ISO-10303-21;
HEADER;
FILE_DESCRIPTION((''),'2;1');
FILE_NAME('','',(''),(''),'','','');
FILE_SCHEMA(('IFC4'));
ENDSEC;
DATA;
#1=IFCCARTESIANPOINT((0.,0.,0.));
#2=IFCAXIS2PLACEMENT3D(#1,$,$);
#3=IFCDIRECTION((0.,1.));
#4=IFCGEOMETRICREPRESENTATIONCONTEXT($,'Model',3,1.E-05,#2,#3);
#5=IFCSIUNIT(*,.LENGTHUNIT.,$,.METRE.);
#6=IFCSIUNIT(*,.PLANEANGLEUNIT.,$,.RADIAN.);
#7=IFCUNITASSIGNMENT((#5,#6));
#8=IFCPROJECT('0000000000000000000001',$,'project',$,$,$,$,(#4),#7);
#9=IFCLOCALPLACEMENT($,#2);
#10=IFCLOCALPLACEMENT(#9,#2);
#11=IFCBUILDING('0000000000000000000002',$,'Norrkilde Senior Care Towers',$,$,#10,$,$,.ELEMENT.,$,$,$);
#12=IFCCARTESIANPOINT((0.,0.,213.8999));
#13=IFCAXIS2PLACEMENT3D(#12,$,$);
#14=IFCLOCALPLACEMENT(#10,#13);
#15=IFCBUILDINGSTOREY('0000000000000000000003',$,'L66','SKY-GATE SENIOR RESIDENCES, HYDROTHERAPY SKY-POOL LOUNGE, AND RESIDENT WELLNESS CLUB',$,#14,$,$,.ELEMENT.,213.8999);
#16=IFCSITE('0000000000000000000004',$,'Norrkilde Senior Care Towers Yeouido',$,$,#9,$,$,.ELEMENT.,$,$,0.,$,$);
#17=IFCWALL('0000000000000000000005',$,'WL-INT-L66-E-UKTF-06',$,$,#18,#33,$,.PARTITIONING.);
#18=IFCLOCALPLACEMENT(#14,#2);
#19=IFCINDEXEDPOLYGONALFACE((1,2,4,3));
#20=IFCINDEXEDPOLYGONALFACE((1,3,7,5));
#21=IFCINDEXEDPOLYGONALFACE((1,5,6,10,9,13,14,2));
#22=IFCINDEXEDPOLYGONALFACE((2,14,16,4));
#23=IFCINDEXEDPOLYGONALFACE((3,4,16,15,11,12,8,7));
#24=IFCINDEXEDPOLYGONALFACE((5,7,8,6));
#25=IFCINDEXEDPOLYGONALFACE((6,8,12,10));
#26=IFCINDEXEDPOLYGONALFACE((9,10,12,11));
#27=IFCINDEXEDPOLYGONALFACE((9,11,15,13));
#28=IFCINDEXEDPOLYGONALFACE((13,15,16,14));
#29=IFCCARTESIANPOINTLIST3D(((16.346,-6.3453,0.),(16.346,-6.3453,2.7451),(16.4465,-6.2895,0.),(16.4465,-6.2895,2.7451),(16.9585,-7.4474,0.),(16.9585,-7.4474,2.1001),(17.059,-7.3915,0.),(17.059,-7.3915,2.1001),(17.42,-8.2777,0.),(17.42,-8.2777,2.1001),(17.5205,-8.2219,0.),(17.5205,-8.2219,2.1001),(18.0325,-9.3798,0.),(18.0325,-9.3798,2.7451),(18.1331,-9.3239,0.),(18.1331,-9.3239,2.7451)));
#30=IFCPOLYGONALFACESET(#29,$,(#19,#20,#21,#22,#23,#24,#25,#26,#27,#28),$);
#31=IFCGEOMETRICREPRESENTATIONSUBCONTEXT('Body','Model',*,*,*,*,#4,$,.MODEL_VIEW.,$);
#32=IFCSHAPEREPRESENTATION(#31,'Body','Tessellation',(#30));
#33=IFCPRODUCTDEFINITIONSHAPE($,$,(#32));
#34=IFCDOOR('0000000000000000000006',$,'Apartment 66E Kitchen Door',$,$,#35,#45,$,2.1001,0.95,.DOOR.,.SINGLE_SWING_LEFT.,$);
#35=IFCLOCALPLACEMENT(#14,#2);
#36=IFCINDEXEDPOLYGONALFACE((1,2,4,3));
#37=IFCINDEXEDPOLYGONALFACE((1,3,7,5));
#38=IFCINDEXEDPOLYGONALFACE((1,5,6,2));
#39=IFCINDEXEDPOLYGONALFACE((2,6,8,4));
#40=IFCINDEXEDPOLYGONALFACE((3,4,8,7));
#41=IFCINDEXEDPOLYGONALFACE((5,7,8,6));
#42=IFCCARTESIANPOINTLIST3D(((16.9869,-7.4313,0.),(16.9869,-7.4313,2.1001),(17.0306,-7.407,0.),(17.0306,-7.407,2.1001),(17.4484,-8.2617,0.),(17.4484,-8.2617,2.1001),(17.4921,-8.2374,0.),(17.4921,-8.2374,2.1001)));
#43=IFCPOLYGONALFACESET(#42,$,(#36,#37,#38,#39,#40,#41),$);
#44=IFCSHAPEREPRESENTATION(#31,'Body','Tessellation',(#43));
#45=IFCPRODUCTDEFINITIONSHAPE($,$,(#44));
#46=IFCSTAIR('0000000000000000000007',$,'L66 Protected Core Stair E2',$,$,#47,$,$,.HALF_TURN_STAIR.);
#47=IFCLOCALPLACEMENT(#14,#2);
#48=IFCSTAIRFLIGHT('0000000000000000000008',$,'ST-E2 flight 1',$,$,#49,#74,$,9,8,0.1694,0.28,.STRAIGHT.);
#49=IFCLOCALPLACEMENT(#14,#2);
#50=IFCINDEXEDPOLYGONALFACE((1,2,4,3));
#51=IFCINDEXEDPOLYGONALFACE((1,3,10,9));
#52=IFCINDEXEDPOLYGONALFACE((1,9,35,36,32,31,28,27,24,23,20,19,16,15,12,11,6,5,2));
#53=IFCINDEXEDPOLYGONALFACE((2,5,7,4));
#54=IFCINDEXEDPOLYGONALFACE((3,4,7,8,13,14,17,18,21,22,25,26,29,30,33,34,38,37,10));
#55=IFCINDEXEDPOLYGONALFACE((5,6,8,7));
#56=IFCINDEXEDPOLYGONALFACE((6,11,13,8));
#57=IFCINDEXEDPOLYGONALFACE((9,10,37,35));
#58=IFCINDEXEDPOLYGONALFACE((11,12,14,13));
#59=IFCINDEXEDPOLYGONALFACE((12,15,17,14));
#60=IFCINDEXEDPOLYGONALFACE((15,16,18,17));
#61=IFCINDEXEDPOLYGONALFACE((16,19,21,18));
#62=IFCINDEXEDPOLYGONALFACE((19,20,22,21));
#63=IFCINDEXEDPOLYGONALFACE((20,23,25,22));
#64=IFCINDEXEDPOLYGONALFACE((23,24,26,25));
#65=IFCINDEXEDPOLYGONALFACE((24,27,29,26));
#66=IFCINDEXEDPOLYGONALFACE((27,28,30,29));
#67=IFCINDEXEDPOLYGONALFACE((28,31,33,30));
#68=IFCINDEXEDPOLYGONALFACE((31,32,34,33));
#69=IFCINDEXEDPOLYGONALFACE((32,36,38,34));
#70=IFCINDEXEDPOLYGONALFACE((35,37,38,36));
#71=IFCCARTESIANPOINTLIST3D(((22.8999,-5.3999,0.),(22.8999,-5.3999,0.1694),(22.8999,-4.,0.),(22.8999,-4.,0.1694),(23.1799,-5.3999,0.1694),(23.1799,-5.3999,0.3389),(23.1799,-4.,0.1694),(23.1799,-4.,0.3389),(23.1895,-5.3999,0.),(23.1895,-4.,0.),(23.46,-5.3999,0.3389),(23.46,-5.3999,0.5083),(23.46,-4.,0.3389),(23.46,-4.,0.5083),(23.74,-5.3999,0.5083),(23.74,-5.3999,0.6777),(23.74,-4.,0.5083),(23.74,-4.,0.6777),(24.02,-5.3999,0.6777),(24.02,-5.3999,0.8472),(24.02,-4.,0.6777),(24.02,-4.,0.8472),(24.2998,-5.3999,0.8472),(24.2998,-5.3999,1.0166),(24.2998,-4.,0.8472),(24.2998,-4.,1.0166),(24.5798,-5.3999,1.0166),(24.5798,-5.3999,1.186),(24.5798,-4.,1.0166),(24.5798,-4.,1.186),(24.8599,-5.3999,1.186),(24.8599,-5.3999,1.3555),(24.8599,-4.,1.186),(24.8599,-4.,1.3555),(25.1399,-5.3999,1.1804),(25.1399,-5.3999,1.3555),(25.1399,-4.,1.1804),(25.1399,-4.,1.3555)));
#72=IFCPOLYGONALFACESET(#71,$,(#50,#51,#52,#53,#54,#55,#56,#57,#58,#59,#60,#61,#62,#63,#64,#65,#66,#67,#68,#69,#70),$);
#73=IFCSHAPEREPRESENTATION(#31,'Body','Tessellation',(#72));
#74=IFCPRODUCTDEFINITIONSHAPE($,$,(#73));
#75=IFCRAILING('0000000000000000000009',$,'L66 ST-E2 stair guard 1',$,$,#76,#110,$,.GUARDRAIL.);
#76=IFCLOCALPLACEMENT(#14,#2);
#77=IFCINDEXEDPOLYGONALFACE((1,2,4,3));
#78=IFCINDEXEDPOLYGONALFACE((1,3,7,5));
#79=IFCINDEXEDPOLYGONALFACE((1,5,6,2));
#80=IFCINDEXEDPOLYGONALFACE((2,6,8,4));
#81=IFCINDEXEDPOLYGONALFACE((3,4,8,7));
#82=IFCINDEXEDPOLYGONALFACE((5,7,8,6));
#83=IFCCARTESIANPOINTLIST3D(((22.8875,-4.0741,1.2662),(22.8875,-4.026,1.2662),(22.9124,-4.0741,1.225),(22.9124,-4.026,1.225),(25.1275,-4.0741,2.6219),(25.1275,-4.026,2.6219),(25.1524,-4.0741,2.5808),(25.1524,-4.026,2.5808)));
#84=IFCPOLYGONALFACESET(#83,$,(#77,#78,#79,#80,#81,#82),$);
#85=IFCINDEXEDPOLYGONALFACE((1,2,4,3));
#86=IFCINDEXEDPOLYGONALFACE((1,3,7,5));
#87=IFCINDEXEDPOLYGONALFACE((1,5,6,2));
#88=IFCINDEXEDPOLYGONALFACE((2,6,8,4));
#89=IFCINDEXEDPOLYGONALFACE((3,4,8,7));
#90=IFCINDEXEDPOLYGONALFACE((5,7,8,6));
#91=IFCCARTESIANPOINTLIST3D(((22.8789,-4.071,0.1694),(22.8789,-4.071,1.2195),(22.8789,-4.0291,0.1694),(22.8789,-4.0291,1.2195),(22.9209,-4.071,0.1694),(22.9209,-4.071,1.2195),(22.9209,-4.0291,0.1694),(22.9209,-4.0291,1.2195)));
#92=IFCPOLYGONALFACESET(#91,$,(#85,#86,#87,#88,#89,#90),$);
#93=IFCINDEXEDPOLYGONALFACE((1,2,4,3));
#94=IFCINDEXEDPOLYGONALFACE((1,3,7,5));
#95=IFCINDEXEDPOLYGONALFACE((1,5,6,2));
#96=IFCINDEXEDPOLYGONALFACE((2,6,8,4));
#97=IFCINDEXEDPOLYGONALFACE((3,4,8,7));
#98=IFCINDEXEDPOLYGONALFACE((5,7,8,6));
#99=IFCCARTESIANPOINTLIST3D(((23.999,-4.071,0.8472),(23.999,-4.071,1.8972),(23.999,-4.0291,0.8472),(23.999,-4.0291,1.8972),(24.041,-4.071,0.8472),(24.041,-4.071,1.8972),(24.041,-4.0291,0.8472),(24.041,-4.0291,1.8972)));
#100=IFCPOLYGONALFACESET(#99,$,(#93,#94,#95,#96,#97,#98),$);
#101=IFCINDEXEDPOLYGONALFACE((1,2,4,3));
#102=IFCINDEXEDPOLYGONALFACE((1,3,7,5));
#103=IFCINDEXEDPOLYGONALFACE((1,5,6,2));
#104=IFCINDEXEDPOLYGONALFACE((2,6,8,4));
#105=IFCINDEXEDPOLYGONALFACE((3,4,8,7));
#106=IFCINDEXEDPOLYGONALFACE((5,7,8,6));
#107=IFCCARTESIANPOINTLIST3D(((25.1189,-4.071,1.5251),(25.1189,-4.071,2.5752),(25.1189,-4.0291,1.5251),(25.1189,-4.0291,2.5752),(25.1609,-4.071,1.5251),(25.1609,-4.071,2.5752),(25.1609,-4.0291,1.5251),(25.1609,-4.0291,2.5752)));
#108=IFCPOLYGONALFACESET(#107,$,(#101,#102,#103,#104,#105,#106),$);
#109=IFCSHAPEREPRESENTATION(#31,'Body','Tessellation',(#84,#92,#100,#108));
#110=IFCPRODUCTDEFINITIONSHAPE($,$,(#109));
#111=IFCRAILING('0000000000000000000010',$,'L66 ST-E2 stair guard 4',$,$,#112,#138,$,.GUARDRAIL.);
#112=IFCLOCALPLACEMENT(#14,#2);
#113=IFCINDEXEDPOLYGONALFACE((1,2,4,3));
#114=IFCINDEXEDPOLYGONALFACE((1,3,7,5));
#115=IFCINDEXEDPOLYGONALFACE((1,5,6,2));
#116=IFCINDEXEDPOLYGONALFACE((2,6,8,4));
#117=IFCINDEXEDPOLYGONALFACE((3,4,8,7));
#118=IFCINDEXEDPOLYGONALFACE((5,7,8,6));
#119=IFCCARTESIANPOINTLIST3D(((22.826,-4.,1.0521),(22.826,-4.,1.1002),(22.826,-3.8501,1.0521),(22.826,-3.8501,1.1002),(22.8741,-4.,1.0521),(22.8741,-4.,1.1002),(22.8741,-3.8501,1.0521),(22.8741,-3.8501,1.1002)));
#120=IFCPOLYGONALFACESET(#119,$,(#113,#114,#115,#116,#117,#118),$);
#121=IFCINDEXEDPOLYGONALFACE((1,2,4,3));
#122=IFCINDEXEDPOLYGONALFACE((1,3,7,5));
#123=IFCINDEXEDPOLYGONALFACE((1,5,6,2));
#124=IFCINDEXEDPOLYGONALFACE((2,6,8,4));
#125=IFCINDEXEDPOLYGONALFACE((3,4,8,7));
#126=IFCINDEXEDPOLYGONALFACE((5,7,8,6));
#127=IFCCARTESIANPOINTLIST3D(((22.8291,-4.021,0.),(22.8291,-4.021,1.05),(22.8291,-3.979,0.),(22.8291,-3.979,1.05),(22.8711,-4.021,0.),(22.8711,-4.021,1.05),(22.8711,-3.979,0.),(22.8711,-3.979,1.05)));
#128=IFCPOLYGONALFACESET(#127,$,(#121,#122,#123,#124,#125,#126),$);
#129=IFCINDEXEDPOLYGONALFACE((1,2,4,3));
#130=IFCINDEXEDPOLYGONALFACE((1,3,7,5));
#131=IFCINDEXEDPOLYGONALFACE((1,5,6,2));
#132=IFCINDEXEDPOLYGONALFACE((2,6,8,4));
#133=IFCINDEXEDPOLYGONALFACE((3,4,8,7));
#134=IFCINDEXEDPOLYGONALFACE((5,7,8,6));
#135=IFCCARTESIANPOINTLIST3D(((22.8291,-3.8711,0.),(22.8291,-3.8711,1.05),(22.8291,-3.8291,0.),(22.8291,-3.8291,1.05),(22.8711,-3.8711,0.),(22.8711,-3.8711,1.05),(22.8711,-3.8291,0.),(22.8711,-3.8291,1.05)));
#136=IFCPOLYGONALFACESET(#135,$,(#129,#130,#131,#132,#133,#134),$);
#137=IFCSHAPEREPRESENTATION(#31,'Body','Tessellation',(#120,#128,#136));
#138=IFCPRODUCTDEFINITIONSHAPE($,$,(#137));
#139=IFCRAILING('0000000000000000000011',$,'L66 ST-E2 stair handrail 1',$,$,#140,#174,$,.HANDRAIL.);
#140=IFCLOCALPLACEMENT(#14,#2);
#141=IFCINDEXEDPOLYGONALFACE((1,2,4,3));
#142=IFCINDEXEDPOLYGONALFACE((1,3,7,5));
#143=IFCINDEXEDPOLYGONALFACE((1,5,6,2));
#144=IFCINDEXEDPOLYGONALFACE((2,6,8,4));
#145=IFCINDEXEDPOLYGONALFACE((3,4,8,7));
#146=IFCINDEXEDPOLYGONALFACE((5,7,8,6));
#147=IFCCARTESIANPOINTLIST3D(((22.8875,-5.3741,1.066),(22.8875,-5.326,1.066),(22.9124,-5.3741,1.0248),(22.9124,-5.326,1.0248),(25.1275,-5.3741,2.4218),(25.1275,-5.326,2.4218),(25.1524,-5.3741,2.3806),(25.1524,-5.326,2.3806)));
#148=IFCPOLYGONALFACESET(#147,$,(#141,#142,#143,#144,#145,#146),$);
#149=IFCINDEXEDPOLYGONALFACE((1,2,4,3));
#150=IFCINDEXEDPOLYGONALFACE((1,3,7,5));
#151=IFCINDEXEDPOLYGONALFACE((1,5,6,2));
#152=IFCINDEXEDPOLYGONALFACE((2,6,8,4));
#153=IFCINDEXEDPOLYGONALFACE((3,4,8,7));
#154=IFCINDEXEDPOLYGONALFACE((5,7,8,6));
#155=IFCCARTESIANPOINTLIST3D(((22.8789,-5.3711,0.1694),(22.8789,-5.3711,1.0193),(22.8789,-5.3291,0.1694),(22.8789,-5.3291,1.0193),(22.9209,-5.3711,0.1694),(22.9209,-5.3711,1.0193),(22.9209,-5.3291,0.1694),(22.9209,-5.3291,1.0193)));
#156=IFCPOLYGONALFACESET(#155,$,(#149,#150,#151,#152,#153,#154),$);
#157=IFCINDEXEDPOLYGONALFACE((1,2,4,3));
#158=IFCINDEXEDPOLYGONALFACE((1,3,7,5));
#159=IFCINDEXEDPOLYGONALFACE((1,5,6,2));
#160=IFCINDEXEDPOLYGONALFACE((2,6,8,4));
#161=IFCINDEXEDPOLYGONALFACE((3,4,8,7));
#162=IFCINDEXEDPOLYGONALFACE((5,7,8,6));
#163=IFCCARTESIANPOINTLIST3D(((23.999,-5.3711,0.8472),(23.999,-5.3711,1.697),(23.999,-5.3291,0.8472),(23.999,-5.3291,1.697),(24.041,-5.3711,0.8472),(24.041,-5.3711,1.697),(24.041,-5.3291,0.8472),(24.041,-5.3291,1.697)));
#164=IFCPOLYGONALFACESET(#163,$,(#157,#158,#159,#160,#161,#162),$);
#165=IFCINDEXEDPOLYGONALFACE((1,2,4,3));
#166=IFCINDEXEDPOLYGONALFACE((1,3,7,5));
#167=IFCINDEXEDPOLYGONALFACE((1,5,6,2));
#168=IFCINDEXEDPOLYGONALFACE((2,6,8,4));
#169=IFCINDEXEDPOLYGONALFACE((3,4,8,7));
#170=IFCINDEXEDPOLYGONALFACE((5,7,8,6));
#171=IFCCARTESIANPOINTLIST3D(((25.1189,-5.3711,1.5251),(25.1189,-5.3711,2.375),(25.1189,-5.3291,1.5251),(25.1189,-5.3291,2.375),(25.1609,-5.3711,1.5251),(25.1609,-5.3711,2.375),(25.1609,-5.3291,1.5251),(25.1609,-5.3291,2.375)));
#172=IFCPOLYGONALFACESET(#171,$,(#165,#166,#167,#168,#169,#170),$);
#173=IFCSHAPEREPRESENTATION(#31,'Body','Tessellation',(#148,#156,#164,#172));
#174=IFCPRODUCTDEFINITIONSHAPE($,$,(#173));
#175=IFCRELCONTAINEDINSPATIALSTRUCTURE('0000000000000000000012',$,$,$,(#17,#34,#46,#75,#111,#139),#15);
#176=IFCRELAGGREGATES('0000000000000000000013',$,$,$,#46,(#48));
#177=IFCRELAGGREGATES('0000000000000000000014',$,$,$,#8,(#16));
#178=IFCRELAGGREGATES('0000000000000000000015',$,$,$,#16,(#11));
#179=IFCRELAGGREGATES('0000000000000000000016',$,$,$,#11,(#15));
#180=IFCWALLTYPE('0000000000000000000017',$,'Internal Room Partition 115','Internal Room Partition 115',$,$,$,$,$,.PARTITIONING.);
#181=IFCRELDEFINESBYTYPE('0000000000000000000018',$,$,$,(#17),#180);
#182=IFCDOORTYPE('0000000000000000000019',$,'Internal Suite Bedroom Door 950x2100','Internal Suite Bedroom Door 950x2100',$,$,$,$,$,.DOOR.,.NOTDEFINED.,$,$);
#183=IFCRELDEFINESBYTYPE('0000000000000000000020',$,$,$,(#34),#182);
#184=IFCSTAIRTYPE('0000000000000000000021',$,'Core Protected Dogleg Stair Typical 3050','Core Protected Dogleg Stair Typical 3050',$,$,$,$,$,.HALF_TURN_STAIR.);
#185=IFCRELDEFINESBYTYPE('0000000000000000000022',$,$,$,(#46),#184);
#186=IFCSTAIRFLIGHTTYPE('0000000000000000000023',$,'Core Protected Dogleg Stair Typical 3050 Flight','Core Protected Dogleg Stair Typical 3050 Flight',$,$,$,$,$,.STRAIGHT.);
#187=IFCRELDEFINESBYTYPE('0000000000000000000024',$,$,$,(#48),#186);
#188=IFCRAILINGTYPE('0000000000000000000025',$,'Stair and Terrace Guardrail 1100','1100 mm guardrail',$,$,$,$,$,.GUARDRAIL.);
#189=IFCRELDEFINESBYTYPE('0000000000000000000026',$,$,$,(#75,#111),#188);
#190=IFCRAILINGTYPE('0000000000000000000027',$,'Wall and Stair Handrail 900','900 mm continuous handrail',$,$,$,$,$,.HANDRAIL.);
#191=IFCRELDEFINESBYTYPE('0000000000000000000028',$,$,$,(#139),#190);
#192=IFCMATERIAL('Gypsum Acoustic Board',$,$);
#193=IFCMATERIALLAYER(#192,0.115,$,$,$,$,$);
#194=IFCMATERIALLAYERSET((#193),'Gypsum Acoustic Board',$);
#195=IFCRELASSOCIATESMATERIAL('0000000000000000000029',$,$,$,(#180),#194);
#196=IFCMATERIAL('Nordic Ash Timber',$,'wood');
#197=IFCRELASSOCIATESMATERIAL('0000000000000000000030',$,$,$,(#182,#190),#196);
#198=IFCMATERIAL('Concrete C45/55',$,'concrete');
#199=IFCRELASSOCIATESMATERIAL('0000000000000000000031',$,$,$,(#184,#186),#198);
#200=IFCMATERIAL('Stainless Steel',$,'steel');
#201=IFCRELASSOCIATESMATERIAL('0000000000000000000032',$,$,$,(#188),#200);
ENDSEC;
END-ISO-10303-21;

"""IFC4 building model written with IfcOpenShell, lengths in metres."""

from ifc_helpers import new_model, si_unit, direction, frame, frame_2d, origin, origin_2d, place, context, subcontext, project, spatial, polyline, rectangle, outline, extrude, source, transform, mapped, material, layer, layer_set, type_object, type_shapes, element, fill, aggregate, save


model = new_model("IFC4")

# Units and contexts
model_context = context("Model", 3, precision=1e-05, world=origin(), true_north=direction((0.0, 1.0)))
body_context = subcontext(model_context, "Body", "Model", "MODEL_VIEW")
ifc_project = project(units=[si_unit("LENGTHUNIT", "METRE"), si_unit("PLANEANGLEUNIT", "RADIAN")], contexts=[model_context])

# Site, building, storey
site_placement = place(None, origin())
site = spatial("IfcSite", under=ifc_project, at=site_placement, Name="Norrkilde Senior Care Towers Yeouido", CompositionType="ELEMENT", RefElevation=0.0)
building_placement = place(site_placement, origin())
building = spatial("IfcBuilding", under=site, at=building_placement, Name="Norrkilde Senior Care Towers", CompositionType="ELEMENT")
storey_placement = place(building_placement, frame((0.0, 0.0, 213.8999)))
storey = spatial("IfcBuildingStorey", under=building, at=storey_placement, Name="L66", Description="SKY-GATE SENIOR RESIDENCES, HYDROTHERAPY SKY-POOL LOUNGE, AND RESIDENT WELLNESS CLUB", CompositionType="ELEMENT", Elevation=213.8999)

# Shared definitions
ifc_material_1 = material(Name="Concrete C45/55", Category="concrete")

# Shared definitions
ifc_material_2 = material(Name="Gypsum Acoustic Board")

# Shared definitions
ifc_material_3 = material(Name="Nordic Ash Timber", Category="wood")

# Shared definitions
ifc_layer_1 = layer(ifc_material_2, 0.115)
ifc_layer_set_1 = layer_set([ifc_layer_1], Name="Gypsum Acoustic Board")
wall_type_1 = type_object("IfcWallType", Name="Internal Room Partition 115", Description="Internal Room Partition 115", PredefinedType="PARTITIONING", material=ifc_layer_set_1)
door_type_1 = type_object("IfcDoorType", Name="Internal Suite Bedroom Door 950x2100", Description="Internal Suite Bedroom Door 950x2100", OperationType="NOTDEFINED", PredefinedType="DOOR", material=ifc_material_3)
shared_shape_1 = source(origin(), body_context, "Body", "SweptSolid", [
    extrude(rectangle(XDim=0.95, YDim=2.1001, at=frame_2d((0.4751, 1.05))), frame((0.0, 0.0249, 0.0), z_axis=(0.0, -1.0, 0.0), x_axis=(1.0, 0.0, 0.0)), (0.0, 0.0, 1.0), 0.05),
])
type_shapes(door_type_1, [shared_shape_1])

# Wall, opening, door
shared_shape_2 = source(origin(), body_context, "Body", "SweptSolid", [
    extrude(rectangle(XDim=3.4717, YDim=0.115, at=frame_2d((1.7358, 0.0))), origin(), (0.0, 0.0, 1.0), 2.7451),
])
wall_1_placement = place(storey_placement, frame((16.3962, -6.3174, 0.0), z_axis=(0.0, 0.0, 1.0), x_axis=(0.485804, -0.874068, 0.0)))
wall_1 = element("IfcWall", 1, at=wall_1_placement, inside=storey, type_object=wall_type_1, Name="WL-INT-L66-E-UKTF-06", PredefinedType="PARTITIONING", context=body_context, shape_type="MappedRepresentation", body=[
    mapped(shared_shape_2, transform((0.0, 0.0, 0.0), x_axis=(1.0, 0.0, 0.0), y_axis=(0.0, 1.0, 0.0), z_axis=(0.0, 0.0, 1.0), scale=1.0)),
])
opening_1_placement = place(wall_1_placement, frame((1.2607, 0.0, 0.0)))
opening_1 = element("IfcOpeningElement", 2, at=opening_1_placement, cuts=wall_1, PredefinedType="OPENING", context=body_context, shape_type="SweptSolid", body=[
    extrude(rectangle(XDim=0.95, YDim=2.1001, at=frame_2d((0.4751, 1.05))), frame((0.0, 0.0674, 0.0), z_axis=(0.0, -1.0, 0.0), x_axis=(1.0, 0.0, 0.0)), (0.0, 0.0, 1.0), 0.135),
])
door_1_placement = place(opening_1_placement, frame((0.95, 0.0, 0.0), z_axis=(0.0, 0.0, 1.0), x_axis=(-1.0, 0.0, 0.0)))
door_1 = element("IfcDoor", 3, at=door_1_placement, inside=storey, type_object=door_type_1, Name="Apartment 66E Kitchen Door", OperationType="SINGLE_SWING_LEFT", OverallHeight=2.1001, OverallWidth=0.95, PredefinedType="DOOR", context=body_context, shape_type="MappedRepresentation", body=[
    mapped(shared_shape_1, transform((0.0, 0.0, 0.0), x_axis=(1.0, 0.0, 0.0), y_axis=(0.0, 1.0, 0.0), z_axis=(0.0, 0.0, 1.0), scale=1.0)),
])
fill(opening_1, door_1)

# Stair, stair flight
stair_type = type_object("IfcStairType", Name="Core Protected Dogleg Stair Typical 3050", Description="Core Protected Dogleg Stair Typical 3050", PredefinedType="HALF_TURN_STAIR", material=ifc_material_1)
stair_placement = place(storey_placement, origin())
stair = element("IfcStair", 4, at=stair_placement, inside=storey, type_object=stair_type, Name="L66 Protected Core Stair E2", PredefinedType="HALF_TURN_STAIR")
stair_flight_type = type_object("IfcStairFlightType", Name="Core Protected Dogleg Stair Typical 3050 Flight", Description="Core Protected Dogleg Stair Typical 3050 Flight", PredefinedType="STRAIGHT", material=ifc_material_1)
stair_flight_placement = place(storey_placement, frame((22.8999, -4.7, 0.0), z_axis=(0.0, 0.0, 1.0), x_axis=(1.0, 0.0, 0.0)))
stair_flight = element("IfcStairFlight", 5, at=stair_flight_placement, type_object=stair_flight_type, Name="ST-E2 flight 1", NumberOfRisers=9, NumberOfTreads=8, PredefinedType="STRAIGHT", RiserHeight=0.1694, TreadLength=0.28, context=body_context, shape_type="SweptSolid", body=[
    extrude(outline(polyline([(0.0, 0.0), (0.0, 0.1694), (0.28, 0.1694), (0.28, 0.3389), (0.5601, 0.3389), (0.5601, 0.5083), (0.8401, 0.5083), (0.8401, 0.6777), (1.1201, 0.6777), (1.1201, 0.8472), (1.3999, 0.8472), (1.3999, 1.0166), (1.6799, 1.0166), (1.6799, 1.186), (1.96, 1.186), (1.96, 1.3555), (2.24, 1.3555), (2.24, 1.5249), (2.24, 1.1804), (0.2896, 0.0), (0.0, 0.0)])), frame((0.0, 0.7, 0.0), z_axis=(0.0, -1.0, 0.0), x_axis=(1.0, 0.0, 0.0)), (0.0, 0.0, 1.0), 1.3999),
])
aggregate(stair, [stair_flight])

# Railings
ifc_material_4 = material(Name="Stainless Steel", Category="steel")
railing_type_1 = type_object("IfcRailingType", Name="Stair and Terrace Guardrail 1100", Description="1100 mm guardrail", PredefinedType="GUARDRAIL", material=ifc_material_4)
railing_1_placement = place(storey_placement, frame((22.8999, -4.05, 0.1694)))
element("IfcRailing", 6, at=railing_1_placement, inside=storey, type_object=railing_type_1, Name="L66 ST-E2 stair guard 1", PredefinedType="GUARDRAIL", context=body_context, shape_type="SweptSolid", body=[
    extrude(rectangle(XDim=0.0481, YDim=0.0481, at=origin_2d()), frame((0.0, 0.0, 1.0762), z_axis=(0.855512, 0.0, 0.517783), x_axis=(0.0, 1.0, 0.0)), (0.0, 0.0, 1.0), 2.6184),
    extrude(rectangle(XDim=0.042, YDim=0.042, at=origin_2d()), origin(), (0.0, 0.0, 1.0), 1.05),
    extrude(rectangle(XDim=0.042, YDim=0.042, at=origin_2d()), frame((1.1201, 0.0, 0.6777)), (0.0, 0.0, 1.0), 1.05),
    extrude(rectangle(XDim=0.042, YDim=0.042, at=origin_2d()), frame((2.24, 0.0, 1.3557)), (0.0, 0.0, 1.0), 1.05),
])
railing_2_placement = place(storey_placement, frame((22.8501, -4.0, 0.0)))
element("IfcRailing", 7, at=railing_2_placement, inside=storey, type_object=railing_type_1, Name="L66 ST-E2 stair guard 4", PredefinedType="GUARDRAIL", context=body_context, shape_type="SweptSolid", body=[
    extrude(rectangle(XDim=0.0481, YDim=0.0481, at=origin_2d()), frame((0.0, 0.0, 1.0762), z_axis=(0.0, 1.0, 0.0), x_axis=(-1.0, 0.0, 0.0)), (0.0, 0.0, 1.0), 0.1499),
    extrude(rectangle(XDim=0.042, YDim=0.042, at=origin_2d()), origin(), (0.0, 0.0, 1.0), 1.05),
    extrude(rectangle(XDim=0.042, YDim=0.042, at=origin_2d()), frame((0.0, 0.1499, 0.0)), (0.0, 0.0, 1.0), 1.05),
])
railing_type_2 = type_object("IfcRailingType", Name="Wall and Stair Handrail 900", Description="900 mm continuous handrail", PredefinedType="HANDRAIL", material=ifc_material_3)
railing_3_placement = place(storey_placement, frame((22.8999, -5.3501, 0.1694)))
element("IfcRailing", 8, at=railing_3_placement, inside=storey, type_object=railing_type_2, Name="L66 ST-E2 stair handrail 1", PredefinedType="HANDRAIL", context=body_context, shape_type="SweptSolid", body=[
    extrude(rectangle(XDim=0.0481, YDim=0.0481, at=origin_2d()), frame((0.0, 0.0, 0.876), z_axis=(0.855512, 0.0, 0.517783), x_axis=(0.0, 1.0, 0.0)), (0.0, 0.0, 1.0), 2.6184),
    extrude(rectangle(XDim=0.042, YDim=0.042, at=origin_2d()), origin(), (0.0, 0.0, 1.0), 0.8499),
    extrude(rectangle(XDim=0.042, YDim=0.042, at=origin_2d()), frame((1.1201, 0.0, 0.6777)), (0.0, 0.0, 1.0), 0.8499),
    extrude(rectangle(XDim=0.042, YDim=0.042, at=origin_2d()), frame((2.24, 0.0, 1.3557)), (0.0, 0.0, 1.0), 0.8499),
])

save(model, "model.ifc")
